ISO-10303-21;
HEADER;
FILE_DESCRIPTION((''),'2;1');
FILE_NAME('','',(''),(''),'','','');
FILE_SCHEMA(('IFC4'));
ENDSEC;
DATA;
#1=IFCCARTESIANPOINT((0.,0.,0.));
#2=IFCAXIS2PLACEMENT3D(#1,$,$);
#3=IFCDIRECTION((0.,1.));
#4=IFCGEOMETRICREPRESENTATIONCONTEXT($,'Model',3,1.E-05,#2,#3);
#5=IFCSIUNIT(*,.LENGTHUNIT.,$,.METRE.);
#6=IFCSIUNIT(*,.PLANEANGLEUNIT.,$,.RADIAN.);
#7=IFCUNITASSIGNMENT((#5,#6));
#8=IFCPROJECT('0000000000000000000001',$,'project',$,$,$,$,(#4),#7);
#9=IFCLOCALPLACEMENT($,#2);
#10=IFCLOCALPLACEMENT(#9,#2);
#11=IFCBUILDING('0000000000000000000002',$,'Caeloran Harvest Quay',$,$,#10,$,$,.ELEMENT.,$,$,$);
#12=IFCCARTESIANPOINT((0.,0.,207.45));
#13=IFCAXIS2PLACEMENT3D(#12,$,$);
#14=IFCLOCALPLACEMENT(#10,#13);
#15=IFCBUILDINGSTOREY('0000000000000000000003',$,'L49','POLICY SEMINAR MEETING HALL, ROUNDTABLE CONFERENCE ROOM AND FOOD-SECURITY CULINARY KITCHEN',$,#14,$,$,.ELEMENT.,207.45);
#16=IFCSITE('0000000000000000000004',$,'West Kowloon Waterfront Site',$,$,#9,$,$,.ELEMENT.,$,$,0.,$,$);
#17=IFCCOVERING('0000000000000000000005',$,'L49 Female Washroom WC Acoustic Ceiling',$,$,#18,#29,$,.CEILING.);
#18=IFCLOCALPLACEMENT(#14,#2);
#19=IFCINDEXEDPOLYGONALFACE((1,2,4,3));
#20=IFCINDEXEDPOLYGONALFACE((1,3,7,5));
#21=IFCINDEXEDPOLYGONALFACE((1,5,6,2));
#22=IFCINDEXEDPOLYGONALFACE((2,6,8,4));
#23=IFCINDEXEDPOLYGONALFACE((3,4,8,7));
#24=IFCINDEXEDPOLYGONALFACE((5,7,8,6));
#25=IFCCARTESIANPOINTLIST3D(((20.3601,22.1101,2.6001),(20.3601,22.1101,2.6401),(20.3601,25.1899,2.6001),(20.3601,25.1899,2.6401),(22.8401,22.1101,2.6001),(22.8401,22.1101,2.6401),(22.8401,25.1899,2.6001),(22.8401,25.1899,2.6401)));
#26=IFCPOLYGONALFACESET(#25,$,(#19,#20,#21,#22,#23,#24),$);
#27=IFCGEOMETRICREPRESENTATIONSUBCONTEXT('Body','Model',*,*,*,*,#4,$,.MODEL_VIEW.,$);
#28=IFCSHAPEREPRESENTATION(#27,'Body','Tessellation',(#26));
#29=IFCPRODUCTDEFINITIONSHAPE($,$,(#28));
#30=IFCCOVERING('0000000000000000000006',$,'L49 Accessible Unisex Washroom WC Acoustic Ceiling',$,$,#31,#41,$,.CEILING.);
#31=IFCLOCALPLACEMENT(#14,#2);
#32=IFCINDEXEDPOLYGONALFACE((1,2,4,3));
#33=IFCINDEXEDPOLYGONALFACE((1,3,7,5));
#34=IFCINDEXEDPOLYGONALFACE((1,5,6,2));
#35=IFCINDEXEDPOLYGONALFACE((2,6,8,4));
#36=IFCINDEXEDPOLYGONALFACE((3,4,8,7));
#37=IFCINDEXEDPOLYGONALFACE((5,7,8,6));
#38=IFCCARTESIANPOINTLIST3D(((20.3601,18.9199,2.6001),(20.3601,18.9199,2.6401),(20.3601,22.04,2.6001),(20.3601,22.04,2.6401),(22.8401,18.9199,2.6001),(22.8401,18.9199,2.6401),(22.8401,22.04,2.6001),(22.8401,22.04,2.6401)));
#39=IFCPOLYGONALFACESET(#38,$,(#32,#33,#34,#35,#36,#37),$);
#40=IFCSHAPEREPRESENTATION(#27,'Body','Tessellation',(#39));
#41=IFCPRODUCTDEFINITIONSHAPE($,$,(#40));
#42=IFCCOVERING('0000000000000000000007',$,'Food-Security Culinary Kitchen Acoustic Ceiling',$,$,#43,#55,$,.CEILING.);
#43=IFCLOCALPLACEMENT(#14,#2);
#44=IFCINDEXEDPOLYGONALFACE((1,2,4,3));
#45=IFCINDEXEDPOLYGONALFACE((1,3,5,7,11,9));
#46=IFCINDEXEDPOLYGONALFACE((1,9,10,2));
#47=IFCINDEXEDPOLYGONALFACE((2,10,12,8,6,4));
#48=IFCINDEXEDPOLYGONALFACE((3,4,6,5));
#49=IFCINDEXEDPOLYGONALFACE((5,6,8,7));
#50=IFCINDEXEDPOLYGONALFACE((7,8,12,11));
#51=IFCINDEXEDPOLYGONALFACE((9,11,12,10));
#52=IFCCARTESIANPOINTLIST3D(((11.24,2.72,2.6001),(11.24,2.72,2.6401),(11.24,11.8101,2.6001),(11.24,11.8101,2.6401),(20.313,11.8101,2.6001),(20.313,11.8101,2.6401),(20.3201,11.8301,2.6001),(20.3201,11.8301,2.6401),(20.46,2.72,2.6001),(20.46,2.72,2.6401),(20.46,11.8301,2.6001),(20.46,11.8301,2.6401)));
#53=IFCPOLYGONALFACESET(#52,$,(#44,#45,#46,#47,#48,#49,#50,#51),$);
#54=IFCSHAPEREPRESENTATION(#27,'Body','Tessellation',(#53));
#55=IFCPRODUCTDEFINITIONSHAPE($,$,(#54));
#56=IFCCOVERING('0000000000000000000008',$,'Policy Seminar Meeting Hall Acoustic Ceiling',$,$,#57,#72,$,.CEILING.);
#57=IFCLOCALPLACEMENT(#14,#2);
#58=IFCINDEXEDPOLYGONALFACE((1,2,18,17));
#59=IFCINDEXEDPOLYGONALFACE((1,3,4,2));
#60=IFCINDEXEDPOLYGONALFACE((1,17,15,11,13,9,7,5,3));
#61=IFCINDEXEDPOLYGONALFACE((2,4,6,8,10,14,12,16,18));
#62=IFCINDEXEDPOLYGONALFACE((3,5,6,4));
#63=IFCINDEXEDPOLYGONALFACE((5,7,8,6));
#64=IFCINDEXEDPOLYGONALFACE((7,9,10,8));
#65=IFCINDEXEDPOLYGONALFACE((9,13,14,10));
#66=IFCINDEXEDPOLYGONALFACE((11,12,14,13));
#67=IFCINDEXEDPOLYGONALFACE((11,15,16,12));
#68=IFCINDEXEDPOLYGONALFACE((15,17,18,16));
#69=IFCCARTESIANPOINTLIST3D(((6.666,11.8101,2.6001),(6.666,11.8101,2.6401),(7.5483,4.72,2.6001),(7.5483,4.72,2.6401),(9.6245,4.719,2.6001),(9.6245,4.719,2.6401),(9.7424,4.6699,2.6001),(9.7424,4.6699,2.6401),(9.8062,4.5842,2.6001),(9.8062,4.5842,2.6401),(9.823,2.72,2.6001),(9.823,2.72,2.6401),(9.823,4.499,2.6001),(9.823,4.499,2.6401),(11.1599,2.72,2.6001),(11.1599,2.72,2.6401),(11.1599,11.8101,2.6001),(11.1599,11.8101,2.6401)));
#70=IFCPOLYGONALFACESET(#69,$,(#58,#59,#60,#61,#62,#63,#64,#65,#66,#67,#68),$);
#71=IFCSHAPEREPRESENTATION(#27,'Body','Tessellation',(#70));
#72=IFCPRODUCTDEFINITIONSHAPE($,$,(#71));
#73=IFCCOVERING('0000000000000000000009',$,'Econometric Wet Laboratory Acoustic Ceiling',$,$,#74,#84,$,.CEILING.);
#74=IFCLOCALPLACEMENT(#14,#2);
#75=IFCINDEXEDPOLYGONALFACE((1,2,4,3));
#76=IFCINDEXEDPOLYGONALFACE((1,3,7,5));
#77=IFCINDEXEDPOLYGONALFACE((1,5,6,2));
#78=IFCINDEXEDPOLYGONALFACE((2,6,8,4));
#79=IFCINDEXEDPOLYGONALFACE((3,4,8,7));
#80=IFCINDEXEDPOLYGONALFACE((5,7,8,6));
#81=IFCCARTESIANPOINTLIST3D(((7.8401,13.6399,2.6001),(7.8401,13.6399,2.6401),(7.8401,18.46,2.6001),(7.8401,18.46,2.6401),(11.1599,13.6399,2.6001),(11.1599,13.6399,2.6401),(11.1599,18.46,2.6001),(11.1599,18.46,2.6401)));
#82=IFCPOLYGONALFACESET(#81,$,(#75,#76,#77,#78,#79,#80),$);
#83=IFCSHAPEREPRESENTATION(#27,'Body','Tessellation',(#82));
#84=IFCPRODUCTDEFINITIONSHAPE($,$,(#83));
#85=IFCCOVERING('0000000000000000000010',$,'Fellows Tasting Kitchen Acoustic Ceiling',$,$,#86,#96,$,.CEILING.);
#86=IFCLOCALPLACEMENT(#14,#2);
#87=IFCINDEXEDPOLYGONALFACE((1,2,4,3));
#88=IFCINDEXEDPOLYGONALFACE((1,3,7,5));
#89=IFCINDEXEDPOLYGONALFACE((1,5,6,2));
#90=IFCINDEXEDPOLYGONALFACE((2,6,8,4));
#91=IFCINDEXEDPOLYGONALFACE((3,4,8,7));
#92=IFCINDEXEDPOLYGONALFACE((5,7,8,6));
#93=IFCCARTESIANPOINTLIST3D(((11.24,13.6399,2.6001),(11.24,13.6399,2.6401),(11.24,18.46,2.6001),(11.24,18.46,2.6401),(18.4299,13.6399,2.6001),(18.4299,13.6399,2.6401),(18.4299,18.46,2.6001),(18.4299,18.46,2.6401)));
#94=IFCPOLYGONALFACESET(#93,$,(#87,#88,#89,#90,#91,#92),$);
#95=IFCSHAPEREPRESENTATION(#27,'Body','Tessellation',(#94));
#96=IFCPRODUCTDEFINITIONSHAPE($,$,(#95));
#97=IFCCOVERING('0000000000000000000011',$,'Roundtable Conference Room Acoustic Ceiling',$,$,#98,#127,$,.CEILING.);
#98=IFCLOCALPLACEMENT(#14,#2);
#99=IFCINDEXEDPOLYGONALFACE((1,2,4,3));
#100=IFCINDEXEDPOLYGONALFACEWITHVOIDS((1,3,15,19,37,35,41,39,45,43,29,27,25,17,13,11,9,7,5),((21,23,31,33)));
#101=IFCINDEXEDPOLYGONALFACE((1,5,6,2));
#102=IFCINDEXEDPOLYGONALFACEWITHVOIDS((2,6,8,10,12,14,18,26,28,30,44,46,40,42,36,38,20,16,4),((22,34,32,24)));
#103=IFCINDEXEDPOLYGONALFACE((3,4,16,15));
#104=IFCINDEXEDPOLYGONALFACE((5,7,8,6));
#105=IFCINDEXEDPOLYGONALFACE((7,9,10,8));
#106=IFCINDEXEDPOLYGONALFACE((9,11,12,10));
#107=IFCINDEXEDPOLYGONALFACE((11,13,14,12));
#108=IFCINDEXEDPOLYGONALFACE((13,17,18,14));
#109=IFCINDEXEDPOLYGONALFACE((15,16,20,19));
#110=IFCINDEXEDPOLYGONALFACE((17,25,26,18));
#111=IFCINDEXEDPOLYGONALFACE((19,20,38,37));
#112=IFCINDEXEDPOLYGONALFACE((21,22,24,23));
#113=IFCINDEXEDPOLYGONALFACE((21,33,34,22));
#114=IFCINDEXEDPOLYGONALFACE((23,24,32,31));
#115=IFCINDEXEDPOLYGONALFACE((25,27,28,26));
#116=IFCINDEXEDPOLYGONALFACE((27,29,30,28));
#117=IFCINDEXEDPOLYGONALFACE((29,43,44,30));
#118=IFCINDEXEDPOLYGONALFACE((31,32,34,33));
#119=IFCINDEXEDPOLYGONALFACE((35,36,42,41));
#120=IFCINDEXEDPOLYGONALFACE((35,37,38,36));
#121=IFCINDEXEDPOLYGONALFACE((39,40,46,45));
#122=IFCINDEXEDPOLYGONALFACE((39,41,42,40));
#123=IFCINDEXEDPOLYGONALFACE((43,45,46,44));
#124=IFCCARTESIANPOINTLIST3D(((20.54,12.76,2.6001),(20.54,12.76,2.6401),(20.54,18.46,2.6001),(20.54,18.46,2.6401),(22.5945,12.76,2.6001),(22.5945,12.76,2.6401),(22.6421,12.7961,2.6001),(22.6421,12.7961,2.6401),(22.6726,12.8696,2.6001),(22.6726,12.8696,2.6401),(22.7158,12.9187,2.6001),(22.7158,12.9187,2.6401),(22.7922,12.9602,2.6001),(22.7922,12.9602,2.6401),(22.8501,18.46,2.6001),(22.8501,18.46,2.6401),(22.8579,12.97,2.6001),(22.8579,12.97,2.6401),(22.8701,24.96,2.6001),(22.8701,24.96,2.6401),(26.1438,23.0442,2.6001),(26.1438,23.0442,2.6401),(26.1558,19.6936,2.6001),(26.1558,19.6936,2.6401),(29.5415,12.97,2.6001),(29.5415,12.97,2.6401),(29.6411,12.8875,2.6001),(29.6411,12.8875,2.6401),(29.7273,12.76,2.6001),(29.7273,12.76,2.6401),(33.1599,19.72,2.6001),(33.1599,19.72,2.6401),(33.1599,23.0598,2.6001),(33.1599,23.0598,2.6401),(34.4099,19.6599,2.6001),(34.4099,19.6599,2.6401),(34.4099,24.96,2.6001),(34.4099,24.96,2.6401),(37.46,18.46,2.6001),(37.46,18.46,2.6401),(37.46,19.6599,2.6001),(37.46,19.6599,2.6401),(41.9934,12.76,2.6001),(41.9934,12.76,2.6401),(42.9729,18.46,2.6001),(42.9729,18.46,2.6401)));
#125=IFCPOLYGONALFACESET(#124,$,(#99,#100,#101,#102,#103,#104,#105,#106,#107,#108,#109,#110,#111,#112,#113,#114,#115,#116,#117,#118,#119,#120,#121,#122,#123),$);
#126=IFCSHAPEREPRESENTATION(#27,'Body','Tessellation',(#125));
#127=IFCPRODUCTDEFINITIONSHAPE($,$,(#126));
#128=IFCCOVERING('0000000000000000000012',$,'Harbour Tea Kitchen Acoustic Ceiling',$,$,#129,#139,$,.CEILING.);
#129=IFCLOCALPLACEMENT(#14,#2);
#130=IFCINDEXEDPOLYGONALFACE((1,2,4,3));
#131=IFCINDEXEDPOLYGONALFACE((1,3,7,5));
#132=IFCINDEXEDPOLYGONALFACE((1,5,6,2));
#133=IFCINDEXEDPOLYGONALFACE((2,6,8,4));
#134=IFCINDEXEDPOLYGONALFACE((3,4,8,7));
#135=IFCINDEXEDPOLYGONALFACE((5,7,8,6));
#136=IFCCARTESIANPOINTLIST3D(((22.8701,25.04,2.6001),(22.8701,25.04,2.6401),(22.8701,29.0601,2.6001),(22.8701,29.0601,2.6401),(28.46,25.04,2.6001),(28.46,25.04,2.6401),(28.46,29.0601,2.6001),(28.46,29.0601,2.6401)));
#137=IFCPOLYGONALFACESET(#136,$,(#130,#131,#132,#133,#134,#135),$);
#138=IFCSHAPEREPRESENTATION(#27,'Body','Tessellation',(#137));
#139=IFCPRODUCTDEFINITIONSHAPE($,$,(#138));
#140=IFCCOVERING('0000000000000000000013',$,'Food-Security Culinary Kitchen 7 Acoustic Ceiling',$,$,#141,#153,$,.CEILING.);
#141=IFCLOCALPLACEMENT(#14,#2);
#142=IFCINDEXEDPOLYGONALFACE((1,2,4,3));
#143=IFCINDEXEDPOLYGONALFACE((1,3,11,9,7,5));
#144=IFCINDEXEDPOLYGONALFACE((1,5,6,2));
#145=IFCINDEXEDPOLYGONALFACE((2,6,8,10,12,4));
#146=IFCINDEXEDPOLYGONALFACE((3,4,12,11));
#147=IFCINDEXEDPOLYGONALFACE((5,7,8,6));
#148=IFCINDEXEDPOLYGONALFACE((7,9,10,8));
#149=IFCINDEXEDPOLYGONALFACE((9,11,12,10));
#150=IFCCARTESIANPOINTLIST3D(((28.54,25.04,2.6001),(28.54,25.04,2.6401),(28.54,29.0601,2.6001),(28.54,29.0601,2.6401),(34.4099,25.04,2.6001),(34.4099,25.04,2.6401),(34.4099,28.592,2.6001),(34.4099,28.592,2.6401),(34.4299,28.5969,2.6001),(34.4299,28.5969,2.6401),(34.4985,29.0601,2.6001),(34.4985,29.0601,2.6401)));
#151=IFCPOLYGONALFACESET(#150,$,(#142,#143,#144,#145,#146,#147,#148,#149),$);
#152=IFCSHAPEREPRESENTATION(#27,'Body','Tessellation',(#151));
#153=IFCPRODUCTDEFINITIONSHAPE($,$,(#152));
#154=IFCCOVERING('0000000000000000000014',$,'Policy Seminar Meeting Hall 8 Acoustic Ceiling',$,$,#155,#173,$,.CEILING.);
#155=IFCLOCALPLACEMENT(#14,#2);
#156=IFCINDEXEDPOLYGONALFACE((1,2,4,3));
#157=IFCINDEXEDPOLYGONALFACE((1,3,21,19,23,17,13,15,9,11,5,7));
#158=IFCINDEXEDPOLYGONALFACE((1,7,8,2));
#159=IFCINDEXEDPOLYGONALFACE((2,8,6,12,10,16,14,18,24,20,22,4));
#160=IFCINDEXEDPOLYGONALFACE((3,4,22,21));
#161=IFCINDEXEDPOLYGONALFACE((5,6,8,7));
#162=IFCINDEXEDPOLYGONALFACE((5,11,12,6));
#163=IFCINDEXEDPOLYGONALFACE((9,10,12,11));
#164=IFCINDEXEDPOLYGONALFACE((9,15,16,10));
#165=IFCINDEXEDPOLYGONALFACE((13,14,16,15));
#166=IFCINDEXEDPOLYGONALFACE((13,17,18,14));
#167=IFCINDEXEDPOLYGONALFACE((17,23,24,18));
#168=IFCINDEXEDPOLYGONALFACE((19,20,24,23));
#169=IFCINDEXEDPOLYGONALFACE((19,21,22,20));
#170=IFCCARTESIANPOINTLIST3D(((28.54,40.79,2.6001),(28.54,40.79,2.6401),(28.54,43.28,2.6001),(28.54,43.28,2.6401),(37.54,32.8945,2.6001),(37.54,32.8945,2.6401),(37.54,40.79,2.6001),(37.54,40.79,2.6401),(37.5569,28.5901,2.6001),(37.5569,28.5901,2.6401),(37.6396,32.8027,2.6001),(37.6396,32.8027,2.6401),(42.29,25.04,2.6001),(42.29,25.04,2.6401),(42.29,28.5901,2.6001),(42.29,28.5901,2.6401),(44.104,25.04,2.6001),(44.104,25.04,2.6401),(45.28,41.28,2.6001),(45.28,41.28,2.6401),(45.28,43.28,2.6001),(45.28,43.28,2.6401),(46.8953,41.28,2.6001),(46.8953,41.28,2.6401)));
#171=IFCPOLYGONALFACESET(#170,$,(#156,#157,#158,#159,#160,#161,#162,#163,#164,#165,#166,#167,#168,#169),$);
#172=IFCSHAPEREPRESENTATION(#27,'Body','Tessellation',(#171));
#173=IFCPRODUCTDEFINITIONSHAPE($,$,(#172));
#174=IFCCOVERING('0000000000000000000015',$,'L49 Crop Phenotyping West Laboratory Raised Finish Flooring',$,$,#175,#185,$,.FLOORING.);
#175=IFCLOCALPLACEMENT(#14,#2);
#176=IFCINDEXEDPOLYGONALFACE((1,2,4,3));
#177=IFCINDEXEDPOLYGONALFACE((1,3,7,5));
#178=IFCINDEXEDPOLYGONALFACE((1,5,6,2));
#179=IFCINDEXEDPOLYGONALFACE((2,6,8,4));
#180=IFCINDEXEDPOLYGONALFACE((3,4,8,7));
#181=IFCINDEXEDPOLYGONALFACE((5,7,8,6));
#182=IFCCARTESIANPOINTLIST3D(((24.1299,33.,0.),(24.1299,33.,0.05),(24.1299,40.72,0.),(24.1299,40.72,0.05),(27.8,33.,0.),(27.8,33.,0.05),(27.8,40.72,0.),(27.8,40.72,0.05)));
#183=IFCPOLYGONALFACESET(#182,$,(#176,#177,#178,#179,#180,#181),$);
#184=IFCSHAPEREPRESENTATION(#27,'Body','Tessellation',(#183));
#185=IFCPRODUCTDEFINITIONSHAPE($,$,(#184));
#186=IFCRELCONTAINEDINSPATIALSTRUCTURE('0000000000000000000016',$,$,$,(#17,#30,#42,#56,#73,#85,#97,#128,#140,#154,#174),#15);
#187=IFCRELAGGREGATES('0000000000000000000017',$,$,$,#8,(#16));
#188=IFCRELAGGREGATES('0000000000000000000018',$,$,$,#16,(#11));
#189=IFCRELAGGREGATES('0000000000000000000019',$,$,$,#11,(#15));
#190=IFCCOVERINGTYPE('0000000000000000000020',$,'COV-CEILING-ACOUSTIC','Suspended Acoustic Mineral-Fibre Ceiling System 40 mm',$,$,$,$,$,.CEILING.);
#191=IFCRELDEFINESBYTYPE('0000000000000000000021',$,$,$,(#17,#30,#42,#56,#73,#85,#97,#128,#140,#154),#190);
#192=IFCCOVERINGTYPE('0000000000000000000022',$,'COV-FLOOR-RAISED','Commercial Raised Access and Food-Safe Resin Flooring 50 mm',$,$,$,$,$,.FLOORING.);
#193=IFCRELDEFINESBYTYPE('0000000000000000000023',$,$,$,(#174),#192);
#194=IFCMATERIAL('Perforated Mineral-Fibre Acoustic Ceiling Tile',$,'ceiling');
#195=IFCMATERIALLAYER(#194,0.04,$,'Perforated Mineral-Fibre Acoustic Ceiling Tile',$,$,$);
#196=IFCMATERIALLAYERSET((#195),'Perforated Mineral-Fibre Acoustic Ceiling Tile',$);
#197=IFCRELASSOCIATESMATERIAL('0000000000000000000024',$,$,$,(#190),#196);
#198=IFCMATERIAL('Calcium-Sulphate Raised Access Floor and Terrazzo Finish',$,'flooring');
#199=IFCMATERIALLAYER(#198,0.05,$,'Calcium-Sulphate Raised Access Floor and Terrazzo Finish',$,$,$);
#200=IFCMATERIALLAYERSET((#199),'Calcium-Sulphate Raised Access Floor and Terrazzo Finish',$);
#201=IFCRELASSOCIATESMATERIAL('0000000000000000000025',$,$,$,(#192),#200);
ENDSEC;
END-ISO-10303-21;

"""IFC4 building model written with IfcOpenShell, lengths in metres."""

from ifc_helpers import new_model, si_unit, direction, frame, origin, place, context, subcontext, project, spatial, polyline, outline, extrude, material, layer, layer_set, type_object, element, save


model = new_model("IFC4")

# Units and contexts
model_context = context("Model", 3, precision=1e-05, world=origin(), true_north=direction((0.0, 1.0)))
body_context = subcontext(model_context, "Body", "Model", "MODEL_VIEW")
ifc_project = project(units=[si_unit("LENGTHUNIT", "METRE"), si_unit("PLANEANGLEUNIT", "RADIAN")], contexts=[model_context])

# Site, building, storey
site_placement = place(None, origin())
site = spatial("IfcSite", under=ifc_project, at=site_placement, Name="West Kowloon Waterfront Site", CompositionType="ELEMENT", RefElevation=0.0)
building_placement = place(site_placement, origin())
building = spatial("IfcBuilding", under=site, at=building_placement, Name="Caeloran Harvest Quay", CompositionType="ELEMENT")
storey_placement = place(building_placement, frame((0.0, 0.0, 207.45)))
storey = spatial("IfcBuildingStorey", under=building, at=storey_placement, Name="L49", Description="POLICY SEMINAR MEETING HALL, ROUNDTABLE CONFERENCE ROOM AND FOOD-SECURITY CULINARY KITCHEN", CompositionType="ELEMENT", Elevation=207.45)

# Coverings
ifc_material_1 = material(Name="Perforated Mineral-Fibre Acoustic Ceiling Tile", Category="ceiling")
ifc_layer_1 = layer(ifc_material_1, 0.04, Name="Perforated Mineral-Fibre Acoustic Ceiling Tile")
ifc_layer_set_1 = layer_set([ifc_layer_1], Name="Perforated Mineral-Fibre Acoustic Ceiling Tile")
covering_type_1 = type_object("IfcCoveringType", Name="COV-CEILING-ACOUSTIC", Description="Suspended Acoustic Mineral-Fibre Ceiling System 40 mm", PredefinedType="CEILING", material=ifc_layer_set_1)
covering_1_placement = place(storey_placement, frame((0.0, 0.0, 2.6001)))
element("IfcCovering", 1, at=covering_1_placement, inside=storey, type_object=covering_type_1, Name="L49 Female Washroom WC Acoustic Ceiling", PredefinedType="CEILING", context=body_context, shape_type="SweptSolid", body=[
    extrude(outline(polyline([(22.8401, 25.1899), (22.8401, 22.1101), (20.3601, 22.1101), (20.3601, 25.1899), (22.8401, 25.1899)])), origin(), (0.0, 0.0, 1.0), 0.04),
])
covering_2_placement = place(storey_placement, frame((0.0, 0.0, 2.6001)))
element("IfcCovering", 2, at=covering_2_placement, inside=storey, type_object=covering_type_1, Name="L49 Accessible Unisex Washroom WC Acoustic Ceiling", PredefinedType="CEILING", context=body_context, shape_type="SweptSolid", body=[
    extrude(outline(polyline([(22.8401, 22.04), (22.8401, 18.9199), (20.3601, 18.9199), (20.3601, 22.04), (22.8401, 22.04)])), origin(), (0.0, 0.0, 1.0), 0.04),
])
covering_3_placement = place(storey_placement, frame((0.0, 0.0, 2.6001)))
element("IfcCovering", 3, at=covering_3_placement, inside=storey, type_object=covering_type_1, Name="Food-Security Culinary Kitchen Acoustic Ceiling", PredefinedType="CEILING", context=body_context, shape_type="SweptSolid", body=[
    extrude(outline(polyline([(11.24, 11.8101), (20.313, 11.8101), (20.3201, 11.8301), (20.46, 11.8301), (20.46, 2.72), (11.24, 2.72), (11.24, 11.8101)])), origin(), (0.0, 0.0, 1.0), 0.04),
])
covering_4_placement = place(storey_placement, frame((0.0, 0.0, 2.6001)))
element("IfcCovering", 4, at=covering_4_placement, inside=storey, type_object=covering_type_1, Name="Policy Seminar Meeting Hall Acoustic Ceiling", PredefinedType="CEILING", context=body_context, shape_type="SweptSolid", body=[
    extrude(outline(polyline([(9.8062, 4.5842), (9.7424, 4.6699), (9.6245, 4.719), (7.5483, 4.72), (6.666, 11.8101), (11.1599, 11.8101), (11.1599, 2.72), (9.823, 2.72), (9.823, 4.499), (9.8062, 4.5842)])), origin(), (0.0, 0.0, 1.0), 0.04),
])
covering_5_placement = place(storey_placement, frame((0.0, 0.0, 2.6001)))
element("IfcCovering", 5, at=covering_5_placement, inside=storey, type_object=covering_type_1, Name="Econometric Wet Laboratory Acoustic Ceiling", PredefinedType="CEILING", context=body_context, shape_type="SweptSolid", body=[
    extrude(outline(polyline([(7.8401, 13.6399), (7.8401, 18.46), (11.1599, 18.46), (11.1599, 13.6399), (7.8401, 13.6399)])), origin(), (0.0, 0.0, 1.0), 0.04),
])
covering_6_placement = place(storey_placement, frame((0.0, 0.0, 2.6001)))
element("IfcCovering", 6, at=covering_6_placement, inside=storey, type_object=covering_type_1, Name="Fellows Tasting Kitchen Acoustic Ceiling", PredefinedType="CEILING", context=body_context, shape_type="SweptSolid", body=[
    extrude(outline(polyline([(18.4299, 13.6399), (11.24, 13.6399), (11.24, 18.46), (18.4299, 18.46), (18.4299, 13.6399)])), origin(), (0.0, 0.0, 1.0), 0.04),
])
covering_7_placement = place(storey_placement, frame((0.0, 0.0, 2.6001)))
element("IfcCovering", 7, at=covering_7_placement, inside=storey, type_object=covering_type_1, Name="Roundtable Conference Room Acoustic Ceiling", PredefinedType="CEILING", context=body_context, shape_type="SweptSolid", body=[
    extrude(outline(polyline([(22.5945, 12.76), (20.54, 12.76), (20.54, 18.46), (22.8501, 18.46), (22.8701, 24.96), (34.4099, 24.96), (34.4099, 19.6599), (37.46, 19.6599), (37.46, 18.46), (42.9729, 18.46), (41.9934, 12.76), (29.7273, 12.76), (29.6411, 12.8875), (29.5415, 12.97), (22.8579, 12.97), (22.7922, 12.9602), (22.7158, 12.9187), (22.6726, 12.8696), (22.6421, 12.7961), (22.5945, 12.76)]), holes=[polyline([(33.1599, 19.72), (33.1599, 23.0598), (26.1438, 23.0442), (26.1558, 19.6936), (33.1599, 19.72)])]), origin(), (0.0, 0.0, 1.0), 0.04),
])
covering_8_placement = place(storey_placement, frame((0.0, 0.0, 2.6001)))
element("IfcCovering", 8, at=covering_8_placement, inside=storey, type_object=covering_type_1, Name="Harbour Tea Kitchen Acoustic Ceiling", PredefinedType="CEILING", context=body_context, shape_type="SweptSolid", body=[
    extrude(outline(polyline([(22.8701, 25.04), (22.8701, 29.0601), (28.46, 29.0601), (28.46, 25.04), (22.8701, 25.04)])), origin(), (0.0, 0.0, 1.0), 0.04),
])
covering_9_placement = place(storey_placement, frame((0.0, 0.0, 2.6001)))
element("IfcCovering", 9, at=covering_9_placement, inside=storey, type_object=covering_type_1, Name="Food-Security Culinary Kitchen 7 Acoustic Ceiling", PredefinedType="CEILING", context=body_context, shape_type="SweptSolid", body=[
    extrude(outline(polyline([(34.4099, 28.592), (34.4099, 25.04), (28.54, 25.04), (28.54, 29.0601), (34.4985, 29.0601), (34.4299, 28.5969), (34.4099, 28.592)])), origin(), (0.0, 0.0, 1.0), 0.04),
])
covering_10_placement = place(storey_placement, frame((0.0, 0.0, 2.6001)))
element("IfcCovering", 10, at=covering_10_placement, inside=storey, type_object=covering_type_1, Name="Policy Seminar Meeting Hall 8 Acoustic Ceiling", PredefinedType="CEILING", context=body_context, shape_type="SweptSolid", body=[
    extrude(outline(polyline([(45.28, 41.28), (46.8953, 41.28), (44.104, 25.04), (42.29, 25.04), (42.29, 28.5901), (37.5569, 28.5901), (37.6396, 32.8027), (37.54, 32.8945), (37.54, 40.79), (28.54, 40.79), (28.54, 43.28), (45.28, 43.28), (45.28, 41.28)])), origin(), (0.0, 0.0, 1.0), 0.04),
])
ifc_material_2 = material(Name="Calcium-Sulphate Raised Access Floor and Terrazzo Finish", Category="flooring")
ifc_layer_2 = layer(ifc_material_2, 0.05, Name="Calcium-Sulphate Raised Access Floor and Terrazzo Finish")
ifc_layer_set_2 = layer_set([ifc_layer_2], Name="Calcium-Sulphate Raised Access Floor and Terrazzo Finish")
covering_type_2 = type_object("IfcCoveringType", Name="COV-FLOOR-RAISED", Description="Commercial Raised Access and Food-Safe Resin Flooring 50 mm", PredefinedType="FLOORING", material=ifc_layer_set_2)
covering_11_placement = place(storey_placement, origin())
element("IfcCovering", 11, at=covering_11_placement, inside=storey, type_object=covering_type_2, Name="L49 Crop Phenotyping West Laboratory Raised Finish Flooring", PredefinedType="FLOORING", context=body_context, shape_type="SweptSolid", body=[
    extrude(outline(polyline([(27.8, 40.72), (27.8, 33.0), (24.1299, 33.0), (24.1299, 40.72), (27.8, 40.72)])), origin(), (0.0, 0.0, 1.0), 0.05),
])

save(model, "model.ifc")
